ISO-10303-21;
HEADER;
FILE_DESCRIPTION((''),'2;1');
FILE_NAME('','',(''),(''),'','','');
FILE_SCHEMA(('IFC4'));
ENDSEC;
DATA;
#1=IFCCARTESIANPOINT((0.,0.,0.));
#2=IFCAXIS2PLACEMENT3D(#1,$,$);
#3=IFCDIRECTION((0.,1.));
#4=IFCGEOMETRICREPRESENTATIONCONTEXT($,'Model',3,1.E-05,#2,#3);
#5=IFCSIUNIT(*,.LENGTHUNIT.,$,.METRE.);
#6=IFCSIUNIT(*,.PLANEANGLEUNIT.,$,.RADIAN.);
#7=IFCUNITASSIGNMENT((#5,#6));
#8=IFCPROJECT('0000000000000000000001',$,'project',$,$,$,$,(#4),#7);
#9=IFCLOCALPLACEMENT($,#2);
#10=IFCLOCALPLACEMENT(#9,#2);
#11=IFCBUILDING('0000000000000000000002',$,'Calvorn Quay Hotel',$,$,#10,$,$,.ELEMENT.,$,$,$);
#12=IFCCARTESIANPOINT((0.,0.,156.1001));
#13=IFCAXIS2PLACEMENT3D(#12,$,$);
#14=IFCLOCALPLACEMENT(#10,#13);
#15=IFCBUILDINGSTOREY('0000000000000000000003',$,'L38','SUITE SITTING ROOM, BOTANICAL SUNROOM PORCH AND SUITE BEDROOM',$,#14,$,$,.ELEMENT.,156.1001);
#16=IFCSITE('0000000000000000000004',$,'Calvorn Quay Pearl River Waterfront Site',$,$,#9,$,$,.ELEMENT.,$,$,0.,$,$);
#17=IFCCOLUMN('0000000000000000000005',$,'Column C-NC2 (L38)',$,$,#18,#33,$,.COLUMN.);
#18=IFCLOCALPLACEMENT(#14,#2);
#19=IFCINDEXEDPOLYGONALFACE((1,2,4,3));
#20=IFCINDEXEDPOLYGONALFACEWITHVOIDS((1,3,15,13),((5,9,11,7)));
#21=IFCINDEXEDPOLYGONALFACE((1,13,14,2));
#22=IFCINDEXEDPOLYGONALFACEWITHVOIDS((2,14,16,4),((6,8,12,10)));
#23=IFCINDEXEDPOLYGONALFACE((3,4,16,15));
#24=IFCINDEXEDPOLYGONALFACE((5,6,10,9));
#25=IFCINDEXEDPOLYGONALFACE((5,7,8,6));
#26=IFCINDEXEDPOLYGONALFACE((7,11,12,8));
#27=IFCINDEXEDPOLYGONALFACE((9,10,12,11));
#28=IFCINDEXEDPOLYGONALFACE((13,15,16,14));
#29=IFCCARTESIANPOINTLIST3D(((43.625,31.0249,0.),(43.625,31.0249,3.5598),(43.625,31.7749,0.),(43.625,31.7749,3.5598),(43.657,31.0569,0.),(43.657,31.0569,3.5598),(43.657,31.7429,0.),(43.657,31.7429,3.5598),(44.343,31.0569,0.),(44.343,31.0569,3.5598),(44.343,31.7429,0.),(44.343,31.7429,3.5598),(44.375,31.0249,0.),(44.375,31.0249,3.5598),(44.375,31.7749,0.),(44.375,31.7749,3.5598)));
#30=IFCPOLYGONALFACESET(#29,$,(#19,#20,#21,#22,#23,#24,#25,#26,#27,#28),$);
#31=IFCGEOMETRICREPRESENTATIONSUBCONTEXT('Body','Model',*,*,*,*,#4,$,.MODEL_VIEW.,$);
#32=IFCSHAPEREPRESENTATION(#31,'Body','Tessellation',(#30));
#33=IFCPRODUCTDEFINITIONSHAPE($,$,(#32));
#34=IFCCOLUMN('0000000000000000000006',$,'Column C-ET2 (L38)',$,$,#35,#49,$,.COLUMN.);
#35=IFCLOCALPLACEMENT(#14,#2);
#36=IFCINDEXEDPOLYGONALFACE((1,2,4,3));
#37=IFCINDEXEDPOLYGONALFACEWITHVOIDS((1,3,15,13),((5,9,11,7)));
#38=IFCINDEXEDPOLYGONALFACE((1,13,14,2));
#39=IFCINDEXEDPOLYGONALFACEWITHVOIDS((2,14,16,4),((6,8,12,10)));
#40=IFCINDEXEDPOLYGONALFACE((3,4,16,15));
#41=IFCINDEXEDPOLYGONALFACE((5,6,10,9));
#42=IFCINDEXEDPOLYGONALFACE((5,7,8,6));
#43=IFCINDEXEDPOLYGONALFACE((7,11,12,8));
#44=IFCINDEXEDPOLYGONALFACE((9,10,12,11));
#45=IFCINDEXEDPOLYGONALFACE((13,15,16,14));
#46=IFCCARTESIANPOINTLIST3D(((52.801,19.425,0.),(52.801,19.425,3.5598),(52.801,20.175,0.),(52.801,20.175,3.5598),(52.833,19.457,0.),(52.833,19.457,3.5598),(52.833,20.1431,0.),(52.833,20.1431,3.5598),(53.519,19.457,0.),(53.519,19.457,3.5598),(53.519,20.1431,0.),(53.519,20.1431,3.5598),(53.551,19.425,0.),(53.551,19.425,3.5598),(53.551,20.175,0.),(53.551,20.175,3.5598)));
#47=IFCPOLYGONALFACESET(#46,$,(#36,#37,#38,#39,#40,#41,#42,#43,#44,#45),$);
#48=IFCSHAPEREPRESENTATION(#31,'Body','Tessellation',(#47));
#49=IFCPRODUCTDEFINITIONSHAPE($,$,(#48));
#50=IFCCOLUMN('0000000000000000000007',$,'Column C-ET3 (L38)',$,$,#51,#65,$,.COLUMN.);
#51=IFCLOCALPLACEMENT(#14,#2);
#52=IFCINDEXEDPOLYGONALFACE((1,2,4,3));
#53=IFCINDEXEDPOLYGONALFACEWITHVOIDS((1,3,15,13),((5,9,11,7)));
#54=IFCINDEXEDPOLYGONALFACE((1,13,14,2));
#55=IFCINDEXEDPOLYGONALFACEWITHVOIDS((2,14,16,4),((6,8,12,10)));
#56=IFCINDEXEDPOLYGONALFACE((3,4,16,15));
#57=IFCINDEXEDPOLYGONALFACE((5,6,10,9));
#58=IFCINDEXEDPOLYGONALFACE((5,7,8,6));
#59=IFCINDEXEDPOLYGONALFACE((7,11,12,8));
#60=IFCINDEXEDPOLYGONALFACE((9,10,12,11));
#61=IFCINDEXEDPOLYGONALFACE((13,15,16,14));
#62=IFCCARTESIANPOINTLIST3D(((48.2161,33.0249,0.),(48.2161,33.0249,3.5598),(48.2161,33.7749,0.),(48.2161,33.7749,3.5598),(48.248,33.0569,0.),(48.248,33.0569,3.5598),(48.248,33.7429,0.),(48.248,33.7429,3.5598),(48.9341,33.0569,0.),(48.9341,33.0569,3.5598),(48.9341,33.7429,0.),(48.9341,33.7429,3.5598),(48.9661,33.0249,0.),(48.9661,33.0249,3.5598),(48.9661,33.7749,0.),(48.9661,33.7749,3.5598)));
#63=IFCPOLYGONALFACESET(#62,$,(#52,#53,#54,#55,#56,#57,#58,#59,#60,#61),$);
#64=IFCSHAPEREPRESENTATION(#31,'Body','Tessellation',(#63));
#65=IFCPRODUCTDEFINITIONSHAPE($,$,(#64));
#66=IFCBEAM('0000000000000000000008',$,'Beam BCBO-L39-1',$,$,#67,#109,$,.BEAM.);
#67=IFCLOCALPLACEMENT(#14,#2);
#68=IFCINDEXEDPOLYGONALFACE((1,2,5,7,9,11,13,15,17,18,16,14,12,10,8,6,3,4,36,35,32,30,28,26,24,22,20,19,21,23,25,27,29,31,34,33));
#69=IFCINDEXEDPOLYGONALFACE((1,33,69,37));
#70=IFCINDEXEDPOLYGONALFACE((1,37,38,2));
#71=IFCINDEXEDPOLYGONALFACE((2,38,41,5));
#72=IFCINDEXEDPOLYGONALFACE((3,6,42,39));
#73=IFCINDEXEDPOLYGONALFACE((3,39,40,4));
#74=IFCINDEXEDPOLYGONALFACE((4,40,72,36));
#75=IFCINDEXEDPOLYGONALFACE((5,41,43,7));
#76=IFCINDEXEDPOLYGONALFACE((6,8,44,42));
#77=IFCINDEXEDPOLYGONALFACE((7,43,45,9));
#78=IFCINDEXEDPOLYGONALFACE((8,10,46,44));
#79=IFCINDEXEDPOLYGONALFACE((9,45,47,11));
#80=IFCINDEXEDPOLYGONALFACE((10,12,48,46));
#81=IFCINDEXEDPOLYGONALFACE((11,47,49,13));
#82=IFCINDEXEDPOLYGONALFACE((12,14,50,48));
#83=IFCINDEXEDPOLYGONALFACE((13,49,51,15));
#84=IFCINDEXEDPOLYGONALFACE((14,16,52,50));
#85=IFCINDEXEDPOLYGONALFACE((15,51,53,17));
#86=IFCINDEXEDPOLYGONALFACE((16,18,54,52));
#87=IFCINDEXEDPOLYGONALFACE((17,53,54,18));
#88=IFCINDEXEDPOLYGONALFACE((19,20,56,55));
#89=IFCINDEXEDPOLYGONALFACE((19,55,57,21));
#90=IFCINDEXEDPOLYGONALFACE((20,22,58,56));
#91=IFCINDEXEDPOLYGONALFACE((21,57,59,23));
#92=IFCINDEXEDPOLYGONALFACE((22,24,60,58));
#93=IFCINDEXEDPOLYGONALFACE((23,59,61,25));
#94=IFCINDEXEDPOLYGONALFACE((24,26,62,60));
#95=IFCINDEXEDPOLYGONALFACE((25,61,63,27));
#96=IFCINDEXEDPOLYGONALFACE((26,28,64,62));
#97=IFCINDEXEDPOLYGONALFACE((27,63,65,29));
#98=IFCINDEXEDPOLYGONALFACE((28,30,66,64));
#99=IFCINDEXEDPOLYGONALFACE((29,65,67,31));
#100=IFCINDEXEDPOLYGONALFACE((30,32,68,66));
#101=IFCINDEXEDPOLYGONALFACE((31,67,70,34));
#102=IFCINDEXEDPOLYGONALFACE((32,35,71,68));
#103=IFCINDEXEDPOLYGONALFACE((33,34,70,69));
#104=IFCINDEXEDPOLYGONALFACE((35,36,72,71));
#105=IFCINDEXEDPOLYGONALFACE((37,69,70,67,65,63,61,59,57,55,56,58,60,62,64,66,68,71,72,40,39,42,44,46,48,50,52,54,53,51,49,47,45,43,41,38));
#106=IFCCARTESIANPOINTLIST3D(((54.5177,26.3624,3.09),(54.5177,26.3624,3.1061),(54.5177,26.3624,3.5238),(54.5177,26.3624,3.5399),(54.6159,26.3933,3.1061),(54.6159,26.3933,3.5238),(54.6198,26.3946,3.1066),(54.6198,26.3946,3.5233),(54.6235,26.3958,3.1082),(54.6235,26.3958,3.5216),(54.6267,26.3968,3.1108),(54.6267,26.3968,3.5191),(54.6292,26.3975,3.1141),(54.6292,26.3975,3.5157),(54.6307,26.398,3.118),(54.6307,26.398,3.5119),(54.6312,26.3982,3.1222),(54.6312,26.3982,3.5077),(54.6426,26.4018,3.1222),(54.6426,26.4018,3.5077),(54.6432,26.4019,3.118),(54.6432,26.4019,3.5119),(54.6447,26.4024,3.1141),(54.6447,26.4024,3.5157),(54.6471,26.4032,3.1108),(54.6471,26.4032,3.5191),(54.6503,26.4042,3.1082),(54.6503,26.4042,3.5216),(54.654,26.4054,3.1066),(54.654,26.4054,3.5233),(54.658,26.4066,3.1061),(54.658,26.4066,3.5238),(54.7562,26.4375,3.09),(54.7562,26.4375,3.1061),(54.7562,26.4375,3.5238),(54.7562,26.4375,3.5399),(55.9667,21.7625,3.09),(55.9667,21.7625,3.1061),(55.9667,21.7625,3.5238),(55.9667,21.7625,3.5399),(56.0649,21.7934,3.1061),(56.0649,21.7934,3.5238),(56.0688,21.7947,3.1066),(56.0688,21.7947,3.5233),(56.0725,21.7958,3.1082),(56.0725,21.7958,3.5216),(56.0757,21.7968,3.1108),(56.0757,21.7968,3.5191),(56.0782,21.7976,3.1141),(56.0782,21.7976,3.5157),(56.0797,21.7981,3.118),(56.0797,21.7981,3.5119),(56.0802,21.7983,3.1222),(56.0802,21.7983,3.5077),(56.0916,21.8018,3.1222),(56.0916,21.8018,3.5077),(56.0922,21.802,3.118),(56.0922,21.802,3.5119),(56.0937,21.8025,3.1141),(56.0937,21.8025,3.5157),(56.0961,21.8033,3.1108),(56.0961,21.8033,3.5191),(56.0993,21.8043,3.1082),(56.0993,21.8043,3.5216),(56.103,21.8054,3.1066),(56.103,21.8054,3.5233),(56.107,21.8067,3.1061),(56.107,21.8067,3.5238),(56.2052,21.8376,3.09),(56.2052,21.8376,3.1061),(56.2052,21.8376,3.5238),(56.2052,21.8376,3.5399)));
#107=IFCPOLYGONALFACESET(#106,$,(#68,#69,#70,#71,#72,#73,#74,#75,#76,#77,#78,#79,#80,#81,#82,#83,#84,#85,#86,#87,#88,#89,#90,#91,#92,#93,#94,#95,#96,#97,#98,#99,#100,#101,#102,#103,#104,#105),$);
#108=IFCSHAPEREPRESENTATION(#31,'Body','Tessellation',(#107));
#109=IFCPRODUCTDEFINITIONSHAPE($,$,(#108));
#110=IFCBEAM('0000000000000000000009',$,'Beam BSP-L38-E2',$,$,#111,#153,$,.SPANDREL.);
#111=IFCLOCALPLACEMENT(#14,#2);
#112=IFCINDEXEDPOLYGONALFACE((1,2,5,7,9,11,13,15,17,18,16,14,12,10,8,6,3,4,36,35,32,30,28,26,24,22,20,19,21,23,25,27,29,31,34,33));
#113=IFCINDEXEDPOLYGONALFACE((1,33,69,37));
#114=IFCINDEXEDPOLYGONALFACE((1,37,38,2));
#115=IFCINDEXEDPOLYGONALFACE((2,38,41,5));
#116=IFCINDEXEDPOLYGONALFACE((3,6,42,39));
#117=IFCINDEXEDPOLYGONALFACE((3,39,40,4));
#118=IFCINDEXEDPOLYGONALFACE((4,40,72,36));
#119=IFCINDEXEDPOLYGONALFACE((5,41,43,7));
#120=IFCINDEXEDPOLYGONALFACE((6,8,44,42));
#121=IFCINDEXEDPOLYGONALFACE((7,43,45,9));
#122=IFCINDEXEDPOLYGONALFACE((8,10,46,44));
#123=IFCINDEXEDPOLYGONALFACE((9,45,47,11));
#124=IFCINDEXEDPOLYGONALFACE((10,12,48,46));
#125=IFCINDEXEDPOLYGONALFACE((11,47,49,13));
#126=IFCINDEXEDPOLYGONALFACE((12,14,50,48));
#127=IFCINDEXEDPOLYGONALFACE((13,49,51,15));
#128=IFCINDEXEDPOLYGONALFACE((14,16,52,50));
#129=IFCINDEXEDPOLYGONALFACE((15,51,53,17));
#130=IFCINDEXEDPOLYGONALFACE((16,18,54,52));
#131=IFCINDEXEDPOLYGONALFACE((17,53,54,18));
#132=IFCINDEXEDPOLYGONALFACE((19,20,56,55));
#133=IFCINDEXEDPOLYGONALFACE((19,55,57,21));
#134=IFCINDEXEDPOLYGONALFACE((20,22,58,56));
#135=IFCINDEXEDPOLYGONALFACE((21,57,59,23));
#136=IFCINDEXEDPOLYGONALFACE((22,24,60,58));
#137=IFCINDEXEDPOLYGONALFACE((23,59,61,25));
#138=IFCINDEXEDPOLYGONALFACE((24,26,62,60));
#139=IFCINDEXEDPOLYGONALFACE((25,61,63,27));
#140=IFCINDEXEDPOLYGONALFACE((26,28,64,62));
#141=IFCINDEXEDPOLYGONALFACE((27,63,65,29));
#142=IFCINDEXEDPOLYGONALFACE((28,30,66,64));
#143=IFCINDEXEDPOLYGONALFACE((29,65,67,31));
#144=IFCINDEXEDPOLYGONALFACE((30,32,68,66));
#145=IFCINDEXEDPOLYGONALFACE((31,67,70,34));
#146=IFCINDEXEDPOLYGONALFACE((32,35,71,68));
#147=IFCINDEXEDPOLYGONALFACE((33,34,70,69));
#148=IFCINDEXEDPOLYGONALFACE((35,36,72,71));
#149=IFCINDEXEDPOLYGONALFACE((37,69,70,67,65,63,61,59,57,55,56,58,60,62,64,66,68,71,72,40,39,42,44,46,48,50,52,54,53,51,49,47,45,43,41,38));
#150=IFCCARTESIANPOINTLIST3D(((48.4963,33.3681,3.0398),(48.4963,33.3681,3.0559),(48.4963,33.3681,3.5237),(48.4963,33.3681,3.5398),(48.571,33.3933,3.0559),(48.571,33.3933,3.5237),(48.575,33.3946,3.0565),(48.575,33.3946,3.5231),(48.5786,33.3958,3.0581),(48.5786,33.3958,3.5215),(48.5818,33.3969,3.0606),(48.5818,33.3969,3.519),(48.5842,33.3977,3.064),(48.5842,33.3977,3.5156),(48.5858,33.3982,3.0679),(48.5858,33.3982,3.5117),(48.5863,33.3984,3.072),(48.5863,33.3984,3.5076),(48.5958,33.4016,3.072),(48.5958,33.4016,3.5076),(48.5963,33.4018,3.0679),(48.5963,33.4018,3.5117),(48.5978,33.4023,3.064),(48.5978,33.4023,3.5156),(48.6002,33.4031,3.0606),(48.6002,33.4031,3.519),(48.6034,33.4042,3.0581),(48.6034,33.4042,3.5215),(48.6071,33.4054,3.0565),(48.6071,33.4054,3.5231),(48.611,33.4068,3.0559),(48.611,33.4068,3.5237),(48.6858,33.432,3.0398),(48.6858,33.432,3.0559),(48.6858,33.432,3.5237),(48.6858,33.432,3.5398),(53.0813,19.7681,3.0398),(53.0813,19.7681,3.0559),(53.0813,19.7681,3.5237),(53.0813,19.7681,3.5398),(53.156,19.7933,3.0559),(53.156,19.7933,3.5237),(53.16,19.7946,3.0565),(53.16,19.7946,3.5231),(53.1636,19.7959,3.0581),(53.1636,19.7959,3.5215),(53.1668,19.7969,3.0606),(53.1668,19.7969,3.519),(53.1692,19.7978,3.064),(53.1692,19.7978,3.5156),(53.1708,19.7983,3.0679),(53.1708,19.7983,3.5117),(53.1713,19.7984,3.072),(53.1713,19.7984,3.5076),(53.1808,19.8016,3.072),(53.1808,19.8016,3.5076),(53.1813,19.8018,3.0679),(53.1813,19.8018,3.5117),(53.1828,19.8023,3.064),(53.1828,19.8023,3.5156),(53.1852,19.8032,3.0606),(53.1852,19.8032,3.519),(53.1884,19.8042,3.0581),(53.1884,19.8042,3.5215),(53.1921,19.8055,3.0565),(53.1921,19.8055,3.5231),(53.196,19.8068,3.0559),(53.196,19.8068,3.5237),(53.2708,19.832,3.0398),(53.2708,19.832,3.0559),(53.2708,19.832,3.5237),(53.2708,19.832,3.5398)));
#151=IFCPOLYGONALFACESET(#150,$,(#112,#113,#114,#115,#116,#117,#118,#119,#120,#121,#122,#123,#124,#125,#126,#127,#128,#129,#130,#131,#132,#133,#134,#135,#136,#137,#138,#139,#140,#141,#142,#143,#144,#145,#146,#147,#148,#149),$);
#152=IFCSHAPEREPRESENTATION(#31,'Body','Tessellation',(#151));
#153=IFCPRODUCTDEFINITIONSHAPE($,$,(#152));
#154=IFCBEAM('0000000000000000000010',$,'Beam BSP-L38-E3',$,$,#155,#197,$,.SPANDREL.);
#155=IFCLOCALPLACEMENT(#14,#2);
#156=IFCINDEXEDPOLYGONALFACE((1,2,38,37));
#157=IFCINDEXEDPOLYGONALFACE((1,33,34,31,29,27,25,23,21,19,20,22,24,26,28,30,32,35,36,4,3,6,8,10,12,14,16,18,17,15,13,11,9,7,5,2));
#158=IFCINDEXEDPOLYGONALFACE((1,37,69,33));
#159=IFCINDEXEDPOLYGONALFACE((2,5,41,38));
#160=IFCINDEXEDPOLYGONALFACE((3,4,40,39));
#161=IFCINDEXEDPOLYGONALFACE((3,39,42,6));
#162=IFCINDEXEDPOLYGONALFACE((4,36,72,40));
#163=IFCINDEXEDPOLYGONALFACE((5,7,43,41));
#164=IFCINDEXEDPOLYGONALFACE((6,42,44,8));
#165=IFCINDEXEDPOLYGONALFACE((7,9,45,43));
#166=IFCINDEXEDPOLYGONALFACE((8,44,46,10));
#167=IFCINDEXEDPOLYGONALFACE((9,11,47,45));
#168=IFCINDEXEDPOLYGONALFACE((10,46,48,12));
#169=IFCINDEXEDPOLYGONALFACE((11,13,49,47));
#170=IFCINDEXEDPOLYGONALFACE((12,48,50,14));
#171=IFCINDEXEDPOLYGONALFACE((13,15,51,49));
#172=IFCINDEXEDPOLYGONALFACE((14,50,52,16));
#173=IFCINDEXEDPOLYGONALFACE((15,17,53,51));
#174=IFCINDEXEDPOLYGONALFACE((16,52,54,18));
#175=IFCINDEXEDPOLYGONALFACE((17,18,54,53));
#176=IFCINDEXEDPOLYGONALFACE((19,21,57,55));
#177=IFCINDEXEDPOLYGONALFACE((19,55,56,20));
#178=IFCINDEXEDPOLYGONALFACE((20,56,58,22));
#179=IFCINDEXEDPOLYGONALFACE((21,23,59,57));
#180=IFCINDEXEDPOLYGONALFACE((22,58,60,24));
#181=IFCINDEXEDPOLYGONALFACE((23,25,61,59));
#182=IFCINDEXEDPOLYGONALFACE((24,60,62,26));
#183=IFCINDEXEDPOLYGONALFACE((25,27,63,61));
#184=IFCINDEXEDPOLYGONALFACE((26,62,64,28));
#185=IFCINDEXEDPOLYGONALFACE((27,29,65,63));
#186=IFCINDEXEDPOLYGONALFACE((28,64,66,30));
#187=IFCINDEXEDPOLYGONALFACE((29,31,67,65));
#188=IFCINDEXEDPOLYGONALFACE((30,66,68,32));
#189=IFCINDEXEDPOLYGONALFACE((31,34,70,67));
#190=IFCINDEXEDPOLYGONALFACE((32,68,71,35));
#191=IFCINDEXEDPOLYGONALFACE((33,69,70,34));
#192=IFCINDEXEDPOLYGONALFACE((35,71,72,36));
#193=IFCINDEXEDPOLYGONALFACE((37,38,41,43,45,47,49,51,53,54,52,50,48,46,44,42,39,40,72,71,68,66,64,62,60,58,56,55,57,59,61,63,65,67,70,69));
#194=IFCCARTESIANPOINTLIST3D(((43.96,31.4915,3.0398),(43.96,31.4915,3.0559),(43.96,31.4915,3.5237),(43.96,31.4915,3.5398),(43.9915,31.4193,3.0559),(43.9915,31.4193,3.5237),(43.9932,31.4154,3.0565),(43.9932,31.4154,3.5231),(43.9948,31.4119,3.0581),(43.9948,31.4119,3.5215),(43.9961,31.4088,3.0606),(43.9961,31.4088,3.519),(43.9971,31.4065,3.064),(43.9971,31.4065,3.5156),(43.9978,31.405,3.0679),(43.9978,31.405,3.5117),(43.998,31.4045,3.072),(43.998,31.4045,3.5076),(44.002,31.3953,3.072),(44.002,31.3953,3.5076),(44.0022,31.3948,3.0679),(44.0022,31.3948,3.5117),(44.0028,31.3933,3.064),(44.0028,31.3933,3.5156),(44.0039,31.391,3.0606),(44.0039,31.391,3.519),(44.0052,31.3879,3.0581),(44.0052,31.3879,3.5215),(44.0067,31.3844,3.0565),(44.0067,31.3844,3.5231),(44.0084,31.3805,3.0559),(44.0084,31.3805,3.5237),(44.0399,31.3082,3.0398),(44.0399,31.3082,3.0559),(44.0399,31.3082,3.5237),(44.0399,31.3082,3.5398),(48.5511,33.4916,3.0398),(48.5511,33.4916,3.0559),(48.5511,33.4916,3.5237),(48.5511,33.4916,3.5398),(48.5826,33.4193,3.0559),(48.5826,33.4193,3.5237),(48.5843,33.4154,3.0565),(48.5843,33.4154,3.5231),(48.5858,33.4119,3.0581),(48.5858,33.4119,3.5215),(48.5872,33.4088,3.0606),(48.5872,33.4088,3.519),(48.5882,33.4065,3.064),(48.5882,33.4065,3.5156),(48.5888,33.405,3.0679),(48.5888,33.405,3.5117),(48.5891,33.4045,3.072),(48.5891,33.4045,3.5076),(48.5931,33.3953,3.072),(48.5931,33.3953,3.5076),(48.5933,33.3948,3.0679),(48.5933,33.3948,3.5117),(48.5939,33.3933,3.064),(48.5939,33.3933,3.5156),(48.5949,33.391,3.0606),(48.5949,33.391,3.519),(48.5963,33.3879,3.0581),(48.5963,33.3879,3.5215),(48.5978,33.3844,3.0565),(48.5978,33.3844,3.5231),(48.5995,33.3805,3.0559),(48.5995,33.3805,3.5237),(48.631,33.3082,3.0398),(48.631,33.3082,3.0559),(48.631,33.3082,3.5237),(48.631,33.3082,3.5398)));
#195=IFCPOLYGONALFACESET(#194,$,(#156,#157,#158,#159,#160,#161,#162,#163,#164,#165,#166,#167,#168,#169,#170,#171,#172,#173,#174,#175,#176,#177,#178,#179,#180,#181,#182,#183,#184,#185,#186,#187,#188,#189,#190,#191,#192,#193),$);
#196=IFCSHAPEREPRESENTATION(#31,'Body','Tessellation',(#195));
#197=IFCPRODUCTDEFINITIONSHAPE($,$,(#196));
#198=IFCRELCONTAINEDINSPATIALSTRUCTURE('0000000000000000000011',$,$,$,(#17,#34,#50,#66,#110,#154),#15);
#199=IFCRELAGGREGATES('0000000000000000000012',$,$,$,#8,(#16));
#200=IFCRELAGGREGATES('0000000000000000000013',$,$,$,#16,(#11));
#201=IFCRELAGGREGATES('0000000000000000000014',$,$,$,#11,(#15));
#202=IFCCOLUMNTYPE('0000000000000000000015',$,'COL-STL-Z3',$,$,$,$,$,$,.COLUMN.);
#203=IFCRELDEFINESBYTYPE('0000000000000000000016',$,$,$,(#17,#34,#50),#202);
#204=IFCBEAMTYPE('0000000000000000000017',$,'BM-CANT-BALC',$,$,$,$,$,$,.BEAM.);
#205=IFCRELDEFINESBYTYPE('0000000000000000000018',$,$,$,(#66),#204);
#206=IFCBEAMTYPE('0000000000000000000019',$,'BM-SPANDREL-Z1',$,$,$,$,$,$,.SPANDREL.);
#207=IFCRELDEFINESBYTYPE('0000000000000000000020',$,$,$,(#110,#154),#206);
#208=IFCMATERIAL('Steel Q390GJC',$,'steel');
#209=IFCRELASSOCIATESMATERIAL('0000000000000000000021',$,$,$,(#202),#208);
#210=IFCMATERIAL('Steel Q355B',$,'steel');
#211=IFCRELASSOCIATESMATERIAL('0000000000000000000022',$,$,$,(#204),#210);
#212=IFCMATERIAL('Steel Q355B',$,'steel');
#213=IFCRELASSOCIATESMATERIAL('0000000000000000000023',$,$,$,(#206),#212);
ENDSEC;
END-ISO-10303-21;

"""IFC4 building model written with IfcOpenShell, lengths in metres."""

from ifc_helpers import new_model, si_unit, direction, frame, origin, origin_2d, place, context, subcontext, project, spatial, hollow_rectangle, i_section, extrude, material, material_profile, profile_set, type_object, element, save


model = new_model("IFC4")

# Units and contexts
model_context = context("Model", 3, precision=1e-05, world=origin(), true_north=direction((0.0, 1.0)))
body_context = subcontext(model_context, "Body", "Model", "MODEL_VIEW")
ifc_project = project(units=[si_unit("LENGTHUNIT", "METRE"), si_unit("PLANEANGLEUNIT", "RADIAN")], contexts=[model_context])

# Site, building, storey
site_placement = place(None, origin())
site = spatial("IfcSite", under=ifc_project, at=site_placement, Name="Calvorn Quay Pearl River Waterfront Site", CompositionType="ELEMENT", RefElevation=0.0)
building_placement = place(site_placement, origin())
building = spatial("IfcBuilding", under=site, at=building_placement, Name="Calvorn Quay Hotel", CompositionType="ELEMENT")
storey_placement = place(building_placement, frame((0.0, 0.0, 156.1001)))
storey = spatial("IfcBuildingStorey", under=building, at=storey_placement, Name="L38", Description="SUITE SITTING ROOM, BOTANICAL SUNROOM PORCH AND SUITE BEDROOM", CompositionType="ELEMENT", Elevation=156.1001)

# Columns
ifc_material_1 = material(Name="Steel Q390GJC", Category="steel")
ifc_material_profile_1 = material_profile(ifc_material_1, hollow_rectangle(XDim=0.75, YDim=0.75, WallThickness=0.032, at=origin_2d()), Name="BOX750x750x32")
ifc_profile_set_1 = profile_set([ifc_material_profile_1], Name="Steel Q390GJC")
column_type = type_object("IfcColumnType", Name="COL-STL-Z3", PredefinedType="COLUMN", material=ifc_profile_set_1)
for number, where, z_axis, x_axis, name in (
    (1, (44.0, 31.3999, 0.0), (0.0, 0.0, 1.0), (1.0, 0.0, 0.0), "Column C-NC2 (L38)"),
    (2, (53.176, 19.8, 0.0), (0.0, 0.0, 1.0), (1.0, 0.0, 0.0), "Column C-ET2 (L38)"),
    (3, (48.5911, 33.3999, 0.0), (0.0, 0.0, 1.0), (1.0, 0.0, 0.0), "Column C-ET3 (L38)"),
):
    element("IfcColumn", number, at=place(storey_placement, frame(where, z_axis=z_axis, x_axis=x_axis)), inside=storey, type_object=column_type, Name=name, PredefinedType="COLUMN", context=body_context, shape_type="SweptSolid", body=[
        extrude(hollow_rectangle(XDim=0.75, YDim=0.75, WallThickness=0.032, at=origin_2d()), origin(), (0.0, 0.0, 1.0), 3.5598),
    ])

# Beams
ifc_material_2 = material(Name="Steel Q355B", Category="steel")
ifc_material_profile_2 = material_profile(ifc_material_2, i_section(OverallWidth=0.25, OverallDepth=0.45, WebThickness=0.012, FlangeThickness=0.0161, FilletRadius=0.0161, at=origin_2d()), Name="HN450x250x12x16")
ifc_profile_set_2 = profile_set([ifc_material_profile_2], Name="Steel Q355B")
beam_type_1 = type_object("IfcBeamType", Name="BM-CANT-BALC", PredefinedType="BEAM", material=ifc_profile_set_2)
beam_1_placement = place(storey_placement, frame((56.0859, 21.8, 3.3149), z_axis=(-0.30045, 0.953797, 0.0), x_axis=(-0.953797, -0.30045, 0.0)))
element("IfcBeam", 4, at=beam_1_placement, inside=storey, type_object=beam_type_1, Name="Beam BCBO-L39-1", PredefinedType="BEAM", context=body_context, shape_type="SweptSolid", body=[
    extrude(i_section(OverallWidth=0.25, OverallDepth=0.45, WebThickness=0.012, FlangeThickness=0.0161, FilletRadius=0.0161, at=origin_2d()), origin(), (0.0, 0.0, 1.0), 4.8228),
])
ifc_material_3 = material(Name="Steel Q355B", Category="steel")
ifc_material_profile_3 = material_profile(ifc_material_3, i_section(OverallWidth=0.2, OverallDepth=0.5, WebThickness=0.01, FlangeThickness=0.0161, FilletRadius=0.0161, at=origin_2d()), Name="HN500x200x10x16")
ifc_profile_set_3 = profile_set([ifc_material_profile_3], Name="Steel Q355B")
beam_type_2 = type_object("IfcBeamType", Name="BM-SPANDREL-Z1", PredefinedType="SPANDREL", material=ifc_profile_set_3)
beam_2_placement = place(storey_placement, frame((53.176, 19.8, 3.2898), z_axis=(-0.319467, 0.947598, 0.0), x_axis=(-0.947598, -0.319467, 0.0)))
element("IfcBeam", 5, at=beam_2_placement, inside=storey, type_object=beam_type_2, Name="Beam BSP-L38-E2", PredefinedType="SPANDREL", context=body_context, shape_type="SweptSolid", body=[
    extrude(i_section(OverallWidth=0.2, OverallDepth=0.5, WebThickness=0.01, FlangeThickness=0.0161, FilletRadius=0.0161, at=origin_2d()), origin(), (0.0, 0.0, 1.0), 14.3521),
])
beam_3_placement = place(storey_placement, frame((48.5911, 33.3999, 3.2898), z_axis=(-0.916786, -0.399378, 0.0), x_axis=(0.399378, -0.916786, 0.0)))
element("IfcBeam", 6, at=beam_3_placement, inside=storey, type_object=beam_type_2, Name="Beam BSP-L38-E3", PredefinedType="SPANDREL", context=body_context, shape_type="SweptSolid", body=[
    extrude(i_section(OverallWidth=0.2, OverallDepth=0.5, WebThickness=0.01, FlangeThickness=0.0161, FilletRadius=0.0161, at=origin_2d()), origin(), (0.0, 0.0, 1.0), 5.0078),
])

save(model, "model.ifc")
